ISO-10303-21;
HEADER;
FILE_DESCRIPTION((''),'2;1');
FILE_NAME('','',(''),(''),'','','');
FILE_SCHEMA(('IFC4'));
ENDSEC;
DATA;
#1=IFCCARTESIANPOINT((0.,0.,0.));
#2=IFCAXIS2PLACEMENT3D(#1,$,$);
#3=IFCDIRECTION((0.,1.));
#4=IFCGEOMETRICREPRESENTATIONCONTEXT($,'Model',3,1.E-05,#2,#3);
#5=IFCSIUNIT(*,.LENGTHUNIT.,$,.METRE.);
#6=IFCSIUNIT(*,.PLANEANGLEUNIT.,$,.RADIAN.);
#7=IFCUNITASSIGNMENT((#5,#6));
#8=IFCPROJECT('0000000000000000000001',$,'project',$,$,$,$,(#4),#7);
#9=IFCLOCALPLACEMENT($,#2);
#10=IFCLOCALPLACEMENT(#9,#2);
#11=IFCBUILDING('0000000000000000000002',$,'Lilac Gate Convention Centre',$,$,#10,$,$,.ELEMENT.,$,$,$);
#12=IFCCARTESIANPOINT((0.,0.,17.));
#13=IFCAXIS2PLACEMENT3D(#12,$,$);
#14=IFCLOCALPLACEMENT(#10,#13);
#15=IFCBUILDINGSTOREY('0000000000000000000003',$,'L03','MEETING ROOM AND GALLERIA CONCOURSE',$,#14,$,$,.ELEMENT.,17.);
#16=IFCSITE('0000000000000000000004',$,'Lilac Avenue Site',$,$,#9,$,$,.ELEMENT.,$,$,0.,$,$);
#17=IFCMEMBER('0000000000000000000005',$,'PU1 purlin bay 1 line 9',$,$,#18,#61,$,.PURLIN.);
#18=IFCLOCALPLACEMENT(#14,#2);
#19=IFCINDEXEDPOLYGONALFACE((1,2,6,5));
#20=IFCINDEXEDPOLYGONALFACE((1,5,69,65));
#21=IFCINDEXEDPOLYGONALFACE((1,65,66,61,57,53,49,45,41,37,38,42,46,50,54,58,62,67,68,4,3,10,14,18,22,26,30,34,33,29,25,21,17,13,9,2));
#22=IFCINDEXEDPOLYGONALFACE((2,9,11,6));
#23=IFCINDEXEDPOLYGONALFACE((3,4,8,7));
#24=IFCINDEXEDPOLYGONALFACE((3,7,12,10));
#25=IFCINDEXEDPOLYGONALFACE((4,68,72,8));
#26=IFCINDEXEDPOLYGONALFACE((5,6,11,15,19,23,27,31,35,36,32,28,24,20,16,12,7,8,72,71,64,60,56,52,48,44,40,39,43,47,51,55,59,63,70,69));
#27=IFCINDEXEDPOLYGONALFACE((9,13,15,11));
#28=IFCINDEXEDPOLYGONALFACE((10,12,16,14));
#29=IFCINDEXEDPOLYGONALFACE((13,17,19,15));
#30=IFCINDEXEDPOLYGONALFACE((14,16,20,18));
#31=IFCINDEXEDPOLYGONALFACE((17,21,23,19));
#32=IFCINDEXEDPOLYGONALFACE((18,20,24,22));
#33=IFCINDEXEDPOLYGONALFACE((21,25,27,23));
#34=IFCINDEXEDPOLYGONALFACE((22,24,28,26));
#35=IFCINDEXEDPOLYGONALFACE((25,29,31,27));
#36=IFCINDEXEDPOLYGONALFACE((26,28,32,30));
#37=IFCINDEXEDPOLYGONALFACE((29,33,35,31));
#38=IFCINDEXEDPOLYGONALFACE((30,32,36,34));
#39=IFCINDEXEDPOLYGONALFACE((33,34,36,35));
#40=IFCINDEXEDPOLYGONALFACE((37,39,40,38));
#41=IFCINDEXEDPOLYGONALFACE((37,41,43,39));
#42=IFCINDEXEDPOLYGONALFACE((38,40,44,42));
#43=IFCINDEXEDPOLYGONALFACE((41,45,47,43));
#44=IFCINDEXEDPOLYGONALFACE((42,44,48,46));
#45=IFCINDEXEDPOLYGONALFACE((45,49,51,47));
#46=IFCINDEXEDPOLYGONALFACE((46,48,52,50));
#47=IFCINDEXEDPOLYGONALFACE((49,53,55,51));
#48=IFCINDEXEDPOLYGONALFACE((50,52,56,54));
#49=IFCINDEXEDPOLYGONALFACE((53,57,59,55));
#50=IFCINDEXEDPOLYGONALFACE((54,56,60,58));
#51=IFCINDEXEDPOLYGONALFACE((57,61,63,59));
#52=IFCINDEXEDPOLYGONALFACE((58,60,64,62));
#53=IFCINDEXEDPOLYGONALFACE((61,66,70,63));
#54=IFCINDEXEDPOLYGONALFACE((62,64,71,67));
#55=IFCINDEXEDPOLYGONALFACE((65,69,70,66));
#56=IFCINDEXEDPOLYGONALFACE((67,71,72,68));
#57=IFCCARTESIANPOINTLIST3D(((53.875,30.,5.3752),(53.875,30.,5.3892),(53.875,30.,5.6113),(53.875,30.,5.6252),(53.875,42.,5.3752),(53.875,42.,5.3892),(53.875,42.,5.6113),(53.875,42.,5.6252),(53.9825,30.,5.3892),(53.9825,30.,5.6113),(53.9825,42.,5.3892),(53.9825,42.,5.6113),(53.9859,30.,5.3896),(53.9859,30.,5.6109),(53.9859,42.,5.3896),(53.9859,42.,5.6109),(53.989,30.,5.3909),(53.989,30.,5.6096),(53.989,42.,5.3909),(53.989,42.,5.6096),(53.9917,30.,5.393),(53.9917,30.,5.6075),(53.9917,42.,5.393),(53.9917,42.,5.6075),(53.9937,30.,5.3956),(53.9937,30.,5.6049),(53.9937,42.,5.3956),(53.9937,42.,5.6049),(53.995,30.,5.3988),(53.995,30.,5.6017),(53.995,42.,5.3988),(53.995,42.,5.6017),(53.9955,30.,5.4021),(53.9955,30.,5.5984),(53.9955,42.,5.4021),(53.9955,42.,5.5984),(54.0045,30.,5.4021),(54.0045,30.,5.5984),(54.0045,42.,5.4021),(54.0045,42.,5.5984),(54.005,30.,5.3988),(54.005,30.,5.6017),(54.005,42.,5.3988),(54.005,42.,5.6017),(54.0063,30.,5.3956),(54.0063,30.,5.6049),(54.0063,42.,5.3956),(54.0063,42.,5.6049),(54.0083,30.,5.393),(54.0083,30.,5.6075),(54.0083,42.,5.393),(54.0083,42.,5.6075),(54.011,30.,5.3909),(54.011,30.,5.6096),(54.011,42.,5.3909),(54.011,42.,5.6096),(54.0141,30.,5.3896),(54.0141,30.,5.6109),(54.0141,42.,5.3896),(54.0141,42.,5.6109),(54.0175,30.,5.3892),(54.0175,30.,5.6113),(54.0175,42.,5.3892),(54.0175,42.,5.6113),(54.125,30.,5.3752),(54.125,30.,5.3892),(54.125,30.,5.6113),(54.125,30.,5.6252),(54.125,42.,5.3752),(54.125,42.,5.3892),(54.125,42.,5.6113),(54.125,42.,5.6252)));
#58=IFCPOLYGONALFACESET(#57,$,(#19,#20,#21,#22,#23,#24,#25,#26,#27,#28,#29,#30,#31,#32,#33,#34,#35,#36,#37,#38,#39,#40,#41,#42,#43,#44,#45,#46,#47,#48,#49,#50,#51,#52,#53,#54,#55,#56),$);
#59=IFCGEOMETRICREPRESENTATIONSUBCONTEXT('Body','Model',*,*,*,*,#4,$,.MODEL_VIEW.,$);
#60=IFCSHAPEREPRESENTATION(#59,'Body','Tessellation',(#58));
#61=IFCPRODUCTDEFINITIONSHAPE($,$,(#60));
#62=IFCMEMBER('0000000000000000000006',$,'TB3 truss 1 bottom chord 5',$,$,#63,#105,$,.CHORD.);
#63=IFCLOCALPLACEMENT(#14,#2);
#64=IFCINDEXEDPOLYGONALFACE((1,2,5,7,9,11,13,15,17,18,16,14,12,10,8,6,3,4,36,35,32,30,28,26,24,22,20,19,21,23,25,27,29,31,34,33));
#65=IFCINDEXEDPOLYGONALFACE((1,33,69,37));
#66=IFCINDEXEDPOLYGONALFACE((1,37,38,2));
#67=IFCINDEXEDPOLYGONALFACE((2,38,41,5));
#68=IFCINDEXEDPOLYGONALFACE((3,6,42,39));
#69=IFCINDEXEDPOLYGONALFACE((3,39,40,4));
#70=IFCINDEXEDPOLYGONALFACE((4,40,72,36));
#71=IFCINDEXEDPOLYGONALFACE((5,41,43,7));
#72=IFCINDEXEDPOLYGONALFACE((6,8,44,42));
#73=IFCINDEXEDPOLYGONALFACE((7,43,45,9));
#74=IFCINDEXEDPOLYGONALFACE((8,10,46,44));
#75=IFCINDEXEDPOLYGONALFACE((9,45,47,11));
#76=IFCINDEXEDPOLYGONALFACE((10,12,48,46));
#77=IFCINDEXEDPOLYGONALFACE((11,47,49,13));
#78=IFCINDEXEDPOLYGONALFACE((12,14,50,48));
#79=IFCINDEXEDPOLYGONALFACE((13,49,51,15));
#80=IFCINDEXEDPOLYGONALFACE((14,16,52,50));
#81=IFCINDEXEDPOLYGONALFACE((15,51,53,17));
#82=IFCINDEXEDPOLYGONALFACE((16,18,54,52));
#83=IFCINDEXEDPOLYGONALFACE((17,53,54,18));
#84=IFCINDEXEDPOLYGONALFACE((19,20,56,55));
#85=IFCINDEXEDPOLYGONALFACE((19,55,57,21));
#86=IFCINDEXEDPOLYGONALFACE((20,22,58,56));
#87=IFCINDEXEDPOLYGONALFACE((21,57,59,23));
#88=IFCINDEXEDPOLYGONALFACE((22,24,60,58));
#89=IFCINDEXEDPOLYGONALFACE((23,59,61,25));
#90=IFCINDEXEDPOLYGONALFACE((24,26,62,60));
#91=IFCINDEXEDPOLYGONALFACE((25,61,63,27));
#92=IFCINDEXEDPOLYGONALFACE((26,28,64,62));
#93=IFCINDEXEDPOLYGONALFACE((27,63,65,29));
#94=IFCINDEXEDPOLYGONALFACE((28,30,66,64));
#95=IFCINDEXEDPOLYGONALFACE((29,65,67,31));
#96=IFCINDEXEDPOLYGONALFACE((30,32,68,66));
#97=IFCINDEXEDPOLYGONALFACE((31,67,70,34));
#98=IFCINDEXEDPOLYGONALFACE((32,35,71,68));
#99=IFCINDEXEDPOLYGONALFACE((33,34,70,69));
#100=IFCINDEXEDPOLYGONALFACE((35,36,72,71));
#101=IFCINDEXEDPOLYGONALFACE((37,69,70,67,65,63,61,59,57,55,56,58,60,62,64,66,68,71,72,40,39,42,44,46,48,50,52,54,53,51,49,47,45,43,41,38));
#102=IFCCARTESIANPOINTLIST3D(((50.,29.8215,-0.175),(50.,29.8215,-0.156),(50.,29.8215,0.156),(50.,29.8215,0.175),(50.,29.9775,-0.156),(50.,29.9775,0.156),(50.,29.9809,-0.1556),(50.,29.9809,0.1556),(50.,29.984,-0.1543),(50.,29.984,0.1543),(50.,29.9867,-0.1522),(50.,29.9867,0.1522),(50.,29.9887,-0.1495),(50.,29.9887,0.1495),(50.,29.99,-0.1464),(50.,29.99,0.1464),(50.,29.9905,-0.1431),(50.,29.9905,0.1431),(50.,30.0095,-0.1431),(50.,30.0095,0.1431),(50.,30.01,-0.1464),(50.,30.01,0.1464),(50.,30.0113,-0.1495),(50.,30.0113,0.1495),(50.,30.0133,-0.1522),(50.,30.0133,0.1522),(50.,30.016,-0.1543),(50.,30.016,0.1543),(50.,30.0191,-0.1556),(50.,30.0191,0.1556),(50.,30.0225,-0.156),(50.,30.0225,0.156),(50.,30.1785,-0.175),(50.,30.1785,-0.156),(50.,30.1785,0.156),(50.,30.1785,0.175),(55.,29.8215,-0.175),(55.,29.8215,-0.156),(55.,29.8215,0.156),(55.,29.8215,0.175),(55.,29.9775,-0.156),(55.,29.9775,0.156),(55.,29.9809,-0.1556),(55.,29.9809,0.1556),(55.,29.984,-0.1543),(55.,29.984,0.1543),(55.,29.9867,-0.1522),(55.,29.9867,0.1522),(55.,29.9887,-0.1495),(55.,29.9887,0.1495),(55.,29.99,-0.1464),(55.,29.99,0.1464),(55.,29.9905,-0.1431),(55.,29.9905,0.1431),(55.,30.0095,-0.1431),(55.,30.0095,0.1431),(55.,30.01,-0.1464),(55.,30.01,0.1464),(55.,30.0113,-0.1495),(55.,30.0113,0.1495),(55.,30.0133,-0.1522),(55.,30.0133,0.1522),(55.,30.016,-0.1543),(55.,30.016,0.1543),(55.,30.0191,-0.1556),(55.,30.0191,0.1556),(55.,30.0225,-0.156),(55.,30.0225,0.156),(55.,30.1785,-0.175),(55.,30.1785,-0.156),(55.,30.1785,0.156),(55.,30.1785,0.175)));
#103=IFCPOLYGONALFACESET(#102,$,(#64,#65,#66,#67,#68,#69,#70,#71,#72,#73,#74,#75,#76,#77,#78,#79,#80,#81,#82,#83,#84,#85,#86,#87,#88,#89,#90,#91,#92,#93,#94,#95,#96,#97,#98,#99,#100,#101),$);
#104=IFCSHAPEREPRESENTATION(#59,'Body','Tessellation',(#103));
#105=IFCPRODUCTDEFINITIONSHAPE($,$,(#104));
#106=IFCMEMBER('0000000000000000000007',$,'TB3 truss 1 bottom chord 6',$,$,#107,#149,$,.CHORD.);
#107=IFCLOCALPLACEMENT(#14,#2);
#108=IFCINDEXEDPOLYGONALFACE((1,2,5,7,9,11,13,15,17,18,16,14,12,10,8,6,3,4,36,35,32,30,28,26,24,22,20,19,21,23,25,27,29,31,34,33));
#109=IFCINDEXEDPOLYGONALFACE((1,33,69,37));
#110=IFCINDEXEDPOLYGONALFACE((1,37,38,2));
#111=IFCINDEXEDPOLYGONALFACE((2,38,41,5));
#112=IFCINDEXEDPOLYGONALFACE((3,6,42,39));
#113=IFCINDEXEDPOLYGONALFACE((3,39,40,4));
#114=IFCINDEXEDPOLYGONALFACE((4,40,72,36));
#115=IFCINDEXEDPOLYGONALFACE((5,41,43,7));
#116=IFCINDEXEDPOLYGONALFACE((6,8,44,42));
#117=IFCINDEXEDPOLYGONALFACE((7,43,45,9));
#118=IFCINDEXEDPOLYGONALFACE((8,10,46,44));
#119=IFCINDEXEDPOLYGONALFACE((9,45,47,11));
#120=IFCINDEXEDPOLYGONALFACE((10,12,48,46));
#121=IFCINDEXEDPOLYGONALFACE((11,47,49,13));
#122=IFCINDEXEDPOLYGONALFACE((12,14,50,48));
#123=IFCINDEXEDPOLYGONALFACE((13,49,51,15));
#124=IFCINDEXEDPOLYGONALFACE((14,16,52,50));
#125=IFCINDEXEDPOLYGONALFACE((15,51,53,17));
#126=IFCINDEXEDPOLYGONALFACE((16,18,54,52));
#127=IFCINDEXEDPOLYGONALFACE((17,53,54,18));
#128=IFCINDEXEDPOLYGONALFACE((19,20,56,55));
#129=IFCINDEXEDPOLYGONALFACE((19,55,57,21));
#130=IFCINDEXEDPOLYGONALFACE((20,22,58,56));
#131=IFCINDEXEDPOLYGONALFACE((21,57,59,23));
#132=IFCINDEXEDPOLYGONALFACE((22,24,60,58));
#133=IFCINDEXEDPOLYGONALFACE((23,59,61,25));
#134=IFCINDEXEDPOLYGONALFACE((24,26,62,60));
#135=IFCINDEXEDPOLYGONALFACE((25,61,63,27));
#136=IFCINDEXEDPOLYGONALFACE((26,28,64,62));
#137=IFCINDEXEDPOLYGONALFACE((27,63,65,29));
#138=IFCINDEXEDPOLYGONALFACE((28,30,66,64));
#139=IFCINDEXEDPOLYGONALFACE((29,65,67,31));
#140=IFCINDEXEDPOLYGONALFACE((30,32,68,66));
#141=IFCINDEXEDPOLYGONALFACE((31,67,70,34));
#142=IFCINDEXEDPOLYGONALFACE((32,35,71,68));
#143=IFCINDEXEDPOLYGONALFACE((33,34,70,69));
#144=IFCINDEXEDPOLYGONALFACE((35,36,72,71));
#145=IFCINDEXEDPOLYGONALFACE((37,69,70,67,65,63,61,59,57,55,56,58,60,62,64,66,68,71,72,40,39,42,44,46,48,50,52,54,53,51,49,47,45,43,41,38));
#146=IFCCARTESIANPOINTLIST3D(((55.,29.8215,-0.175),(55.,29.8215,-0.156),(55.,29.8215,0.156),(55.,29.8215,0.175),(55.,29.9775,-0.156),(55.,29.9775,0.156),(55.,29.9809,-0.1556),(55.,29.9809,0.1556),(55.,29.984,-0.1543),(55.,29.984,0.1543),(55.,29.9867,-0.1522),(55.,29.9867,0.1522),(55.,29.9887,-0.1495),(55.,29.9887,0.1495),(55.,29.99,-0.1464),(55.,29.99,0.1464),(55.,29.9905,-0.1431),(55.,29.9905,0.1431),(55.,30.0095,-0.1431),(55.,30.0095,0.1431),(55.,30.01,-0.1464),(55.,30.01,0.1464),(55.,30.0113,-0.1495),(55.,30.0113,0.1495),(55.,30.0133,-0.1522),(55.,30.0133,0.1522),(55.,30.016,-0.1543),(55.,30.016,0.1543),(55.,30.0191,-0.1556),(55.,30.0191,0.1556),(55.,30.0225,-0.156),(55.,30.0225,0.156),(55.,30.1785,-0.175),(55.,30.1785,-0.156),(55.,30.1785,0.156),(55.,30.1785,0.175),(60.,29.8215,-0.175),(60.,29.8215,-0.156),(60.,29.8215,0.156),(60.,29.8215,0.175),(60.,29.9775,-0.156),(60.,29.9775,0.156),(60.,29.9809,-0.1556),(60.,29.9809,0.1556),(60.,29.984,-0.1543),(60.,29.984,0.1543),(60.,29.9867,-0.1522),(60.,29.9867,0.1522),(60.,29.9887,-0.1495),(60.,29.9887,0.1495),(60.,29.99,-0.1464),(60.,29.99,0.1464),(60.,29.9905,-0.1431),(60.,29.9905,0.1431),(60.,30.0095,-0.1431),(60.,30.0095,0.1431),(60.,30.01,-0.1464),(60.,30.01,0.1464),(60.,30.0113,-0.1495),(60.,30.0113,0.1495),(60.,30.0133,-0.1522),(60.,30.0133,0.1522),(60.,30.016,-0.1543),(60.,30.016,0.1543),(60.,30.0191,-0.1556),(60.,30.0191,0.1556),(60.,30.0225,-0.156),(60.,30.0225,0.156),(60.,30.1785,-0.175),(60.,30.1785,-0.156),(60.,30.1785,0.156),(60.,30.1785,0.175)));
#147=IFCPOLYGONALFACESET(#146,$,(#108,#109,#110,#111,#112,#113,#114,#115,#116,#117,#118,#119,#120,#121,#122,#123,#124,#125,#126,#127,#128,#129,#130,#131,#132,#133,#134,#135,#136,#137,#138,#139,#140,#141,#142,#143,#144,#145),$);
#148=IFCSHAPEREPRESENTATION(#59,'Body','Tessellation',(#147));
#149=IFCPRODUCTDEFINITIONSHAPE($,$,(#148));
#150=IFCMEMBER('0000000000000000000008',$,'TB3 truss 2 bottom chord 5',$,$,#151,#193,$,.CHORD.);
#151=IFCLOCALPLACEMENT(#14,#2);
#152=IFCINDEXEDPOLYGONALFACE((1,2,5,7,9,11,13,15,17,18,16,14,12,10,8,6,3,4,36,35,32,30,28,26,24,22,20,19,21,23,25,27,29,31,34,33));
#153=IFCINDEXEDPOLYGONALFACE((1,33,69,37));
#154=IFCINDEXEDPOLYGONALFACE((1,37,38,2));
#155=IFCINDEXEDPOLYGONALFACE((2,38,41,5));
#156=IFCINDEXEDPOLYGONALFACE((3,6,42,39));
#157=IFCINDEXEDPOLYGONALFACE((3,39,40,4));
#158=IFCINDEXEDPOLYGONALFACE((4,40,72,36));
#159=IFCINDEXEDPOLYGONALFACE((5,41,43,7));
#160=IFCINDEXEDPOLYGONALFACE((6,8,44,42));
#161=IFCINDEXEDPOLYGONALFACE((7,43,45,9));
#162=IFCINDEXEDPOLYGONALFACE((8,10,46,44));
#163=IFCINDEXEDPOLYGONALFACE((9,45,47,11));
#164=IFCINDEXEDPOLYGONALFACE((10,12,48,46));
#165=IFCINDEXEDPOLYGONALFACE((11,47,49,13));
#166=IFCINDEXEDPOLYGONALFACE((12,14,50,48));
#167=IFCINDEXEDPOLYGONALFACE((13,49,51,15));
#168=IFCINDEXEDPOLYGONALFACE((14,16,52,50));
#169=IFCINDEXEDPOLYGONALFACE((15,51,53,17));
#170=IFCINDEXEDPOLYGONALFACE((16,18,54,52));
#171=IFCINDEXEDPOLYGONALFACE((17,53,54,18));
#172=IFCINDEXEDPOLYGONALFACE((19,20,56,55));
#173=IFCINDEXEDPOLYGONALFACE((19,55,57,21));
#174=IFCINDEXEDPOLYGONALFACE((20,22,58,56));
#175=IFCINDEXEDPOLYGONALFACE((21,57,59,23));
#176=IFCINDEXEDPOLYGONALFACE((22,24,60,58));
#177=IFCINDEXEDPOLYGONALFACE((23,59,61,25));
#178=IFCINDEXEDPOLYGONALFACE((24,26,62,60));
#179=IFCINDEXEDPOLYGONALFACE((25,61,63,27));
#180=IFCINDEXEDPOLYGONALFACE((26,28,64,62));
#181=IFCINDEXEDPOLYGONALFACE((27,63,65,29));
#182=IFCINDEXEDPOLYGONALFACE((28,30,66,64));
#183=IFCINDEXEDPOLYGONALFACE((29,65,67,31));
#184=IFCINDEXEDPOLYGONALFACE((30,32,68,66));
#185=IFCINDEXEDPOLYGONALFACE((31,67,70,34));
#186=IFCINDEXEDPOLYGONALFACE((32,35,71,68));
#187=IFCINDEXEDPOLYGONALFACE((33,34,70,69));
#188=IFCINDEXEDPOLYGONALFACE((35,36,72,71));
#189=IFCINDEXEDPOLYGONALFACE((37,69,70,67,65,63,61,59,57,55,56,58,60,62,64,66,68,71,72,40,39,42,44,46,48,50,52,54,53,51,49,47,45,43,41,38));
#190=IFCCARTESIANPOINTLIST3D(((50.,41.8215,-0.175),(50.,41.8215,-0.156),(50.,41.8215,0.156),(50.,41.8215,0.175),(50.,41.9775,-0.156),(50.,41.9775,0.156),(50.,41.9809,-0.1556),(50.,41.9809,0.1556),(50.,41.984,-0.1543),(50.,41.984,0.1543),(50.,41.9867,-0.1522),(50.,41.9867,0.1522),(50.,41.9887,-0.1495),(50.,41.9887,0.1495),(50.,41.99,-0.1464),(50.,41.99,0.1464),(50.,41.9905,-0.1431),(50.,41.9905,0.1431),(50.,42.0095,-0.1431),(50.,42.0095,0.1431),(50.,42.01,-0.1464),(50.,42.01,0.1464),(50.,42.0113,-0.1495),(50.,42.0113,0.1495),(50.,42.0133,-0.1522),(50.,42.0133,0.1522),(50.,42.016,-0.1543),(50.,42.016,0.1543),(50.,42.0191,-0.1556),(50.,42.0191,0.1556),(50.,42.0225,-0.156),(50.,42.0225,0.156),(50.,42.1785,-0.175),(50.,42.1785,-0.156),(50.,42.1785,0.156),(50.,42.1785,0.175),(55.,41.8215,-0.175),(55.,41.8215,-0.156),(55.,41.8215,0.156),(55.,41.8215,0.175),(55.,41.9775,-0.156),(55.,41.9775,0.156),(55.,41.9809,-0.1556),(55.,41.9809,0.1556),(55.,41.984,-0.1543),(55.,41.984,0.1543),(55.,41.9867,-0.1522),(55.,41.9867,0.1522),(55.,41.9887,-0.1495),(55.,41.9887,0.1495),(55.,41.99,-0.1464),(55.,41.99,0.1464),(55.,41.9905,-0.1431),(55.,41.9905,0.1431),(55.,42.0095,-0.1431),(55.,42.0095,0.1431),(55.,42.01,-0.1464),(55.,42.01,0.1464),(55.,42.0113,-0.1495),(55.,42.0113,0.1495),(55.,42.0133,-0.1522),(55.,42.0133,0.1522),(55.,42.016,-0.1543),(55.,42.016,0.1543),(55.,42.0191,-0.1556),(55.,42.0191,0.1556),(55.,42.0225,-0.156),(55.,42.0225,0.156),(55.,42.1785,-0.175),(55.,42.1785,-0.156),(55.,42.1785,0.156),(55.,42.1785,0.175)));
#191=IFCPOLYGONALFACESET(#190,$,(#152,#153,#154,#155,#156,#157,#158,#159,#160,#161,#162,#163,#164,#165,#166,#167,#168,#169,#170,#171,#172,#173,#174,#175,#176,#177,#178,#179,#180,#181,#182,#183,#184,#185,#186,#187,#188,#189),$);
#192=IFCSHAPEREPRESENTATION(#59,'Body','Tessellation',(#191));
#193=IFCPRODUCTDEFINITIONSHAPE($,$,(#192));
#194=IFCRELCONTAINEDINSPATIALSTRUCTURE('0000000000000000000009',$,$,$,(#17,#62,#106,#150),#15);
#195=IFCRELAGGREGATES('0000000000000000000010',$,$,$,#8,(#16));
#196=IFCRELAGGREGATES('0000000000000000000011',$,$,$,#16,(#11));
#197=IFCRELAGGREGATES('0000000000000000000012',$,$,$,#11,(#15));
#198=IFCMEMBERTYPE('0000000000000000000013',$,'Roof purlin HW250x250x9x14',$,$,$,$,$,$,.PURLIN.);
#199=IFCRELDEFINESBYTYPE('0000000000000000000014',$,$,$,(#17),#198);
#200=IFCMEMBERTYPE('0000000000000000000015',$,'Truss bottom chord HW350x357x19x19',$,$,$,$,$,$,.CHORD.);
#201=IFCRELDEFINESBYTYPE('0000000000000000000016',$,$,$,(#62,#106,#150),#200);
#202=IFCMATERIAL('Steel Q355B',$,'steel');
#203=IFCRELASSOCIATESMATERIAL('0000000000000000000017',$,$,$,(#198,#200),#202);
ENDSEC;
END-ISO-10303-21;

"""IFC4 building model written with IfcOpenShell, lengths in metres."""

from ifc_helpers import new_model, si_unit, direction, frame, origin, origin_2d, place, context, subcontext, project, spatial, i_section, extrude, material, material_profile, profile_set, type_object, element, save


model = new_model("IFC4")

# Units and contexts
model_context = context("Model", 3, precision=1e-05, world=origin(), true_north=direction((0.0, 1.0)))
body_context = subcontext(model_context, "Body", "Model", "MODEL_VIEW")
ifc_project = project(units=[si_unit("LENGTHUNIT", "METRE"), si_unit("PLANEANGLEUNIT", "RADIAN")], contexts=[model_context])

# Site, building, storey
site_placement = place(None, origin())
site = spatial("IfcSite", under=ifc_project, at=site_placement, Name="Lilac Avenue Site", CompositionType="ELEMENT", RefElevation=0.0)
building_placement = place(site_placement, origin())
building = spatial("IfcBuilding", under=site, at=building_placement, Name="Lilac Gate Convention Centre", CompositionType="ELEMENT")
storey_placement = place(building_placement, frame((0.0, 0.0, 17.0)))
storey = spatial("IfcBuildingStorey", under=building, at=storey_placement, Name="L03", Description="MEETING ROOM AND GALLERIA CONCOURSE", CompositionType="ELEMENT", Elevation=17.0)

# Members
ifc_material = material(Name="Steel Q355B", Category="steel")
ifc_material_profile_1 = material_profile(ifc_material, i_section(OverallWidth=0.25, OverallDepth=0.25, WebThickness=0.009, FlangeThickness=0.0139, FilletRadius=0.0129, at=origin_2d()), Name="HW250x250x9x14")
ifc_profile_set_1 = profile_set([ifc_material_profile_1], Name="Steel Q355B")
member_type_1 = type_object("IfcMemberType", Name="Roof purlin HW250x250x9x14", PredefinedType="PURLIN", material=ifc_profile_set_1)
for number, where, z_axis, x_axis, name in (
    (1, (54.0, 30.0, 5.5002), (0.0, 1.0, 0.0), (-1.0, 0.0, 0.0), "PU1 purlin bay 1 line 9"),
):
    element("IfcMember", number, at=place(storey_placement, frame(where, z_axis=z_axis, x_axis=x_axis)), inside=storey, type_object=member_type_1, Name=name, PredefinedType="PURLIN", context=body_context, shape_type="SweptSolid", body=[
        extrude(i_section(OverallWidth=0.25, OverallDepth=0.25, WebThickness=0.009, FlangeThickness=0.0139, FilletRadius=0.0129, at=origin_2d()), origin(), (0.0, 0.0, 1.0), 12.0),
    ])
ifc_material_profile_2 = material_profile(ifc_material, i_section(OverallWidth=0.3569, OverallDepth=0.3501, WebThickness=0.019, FlangeThickness=0.019, FilletRadius=0.0129, at=origin_2d()), Name="HW350x357x19x19")
ifc_profile_set_2 = profile_set([ifc_material_profile_2], Name="Steel Q355B")
member_type_2 = type_object("IfcMemberType", Name="Truss bottom chord HW350x357x19x19", PredefinedType="CHORD", material=ifc_profile_set_2)
for number, where, z_axis, x_axis, name in (
    (2, (50.0, 30.0, 0.0), (1.0, 0.0, 0.0), (0.0, 1.0, 0.0), "TB3 truss 1 bottom chord 5"),
    (3, (55.0, 30.0, 0.0), (1.0, 0.0, 0.0), (0.0, 1.0, 0.0), "TB3 truss 1 bottom chord 6"),
    (4, (50.0, 42.0, 0.0), (1.0, 0.0, 0.0), (0.0, 1.0, 0.0), "TB3 truss 2 bottom chord 5"),
):
    element("IfcMember", number, at=place(storey_placement, frame(where, z_axis=z_axis, x_axis=x_axis)), inside=storey, type_object=member_type_2, Name=name, PredefinedType="CHORD", context=body_context, shape_type="SweptSolid", body=[
        extrude(i_section(OverallWidth=0.3569, OverallDepth=0.3501, WebThickness=0.019, FlangeThickness=0.019, FilletRadius=0.0129, at=origin_2d()), origin(), (0.0, 0.0, 1.0), 5.0),
    ])

save(model, "model.ifc")
